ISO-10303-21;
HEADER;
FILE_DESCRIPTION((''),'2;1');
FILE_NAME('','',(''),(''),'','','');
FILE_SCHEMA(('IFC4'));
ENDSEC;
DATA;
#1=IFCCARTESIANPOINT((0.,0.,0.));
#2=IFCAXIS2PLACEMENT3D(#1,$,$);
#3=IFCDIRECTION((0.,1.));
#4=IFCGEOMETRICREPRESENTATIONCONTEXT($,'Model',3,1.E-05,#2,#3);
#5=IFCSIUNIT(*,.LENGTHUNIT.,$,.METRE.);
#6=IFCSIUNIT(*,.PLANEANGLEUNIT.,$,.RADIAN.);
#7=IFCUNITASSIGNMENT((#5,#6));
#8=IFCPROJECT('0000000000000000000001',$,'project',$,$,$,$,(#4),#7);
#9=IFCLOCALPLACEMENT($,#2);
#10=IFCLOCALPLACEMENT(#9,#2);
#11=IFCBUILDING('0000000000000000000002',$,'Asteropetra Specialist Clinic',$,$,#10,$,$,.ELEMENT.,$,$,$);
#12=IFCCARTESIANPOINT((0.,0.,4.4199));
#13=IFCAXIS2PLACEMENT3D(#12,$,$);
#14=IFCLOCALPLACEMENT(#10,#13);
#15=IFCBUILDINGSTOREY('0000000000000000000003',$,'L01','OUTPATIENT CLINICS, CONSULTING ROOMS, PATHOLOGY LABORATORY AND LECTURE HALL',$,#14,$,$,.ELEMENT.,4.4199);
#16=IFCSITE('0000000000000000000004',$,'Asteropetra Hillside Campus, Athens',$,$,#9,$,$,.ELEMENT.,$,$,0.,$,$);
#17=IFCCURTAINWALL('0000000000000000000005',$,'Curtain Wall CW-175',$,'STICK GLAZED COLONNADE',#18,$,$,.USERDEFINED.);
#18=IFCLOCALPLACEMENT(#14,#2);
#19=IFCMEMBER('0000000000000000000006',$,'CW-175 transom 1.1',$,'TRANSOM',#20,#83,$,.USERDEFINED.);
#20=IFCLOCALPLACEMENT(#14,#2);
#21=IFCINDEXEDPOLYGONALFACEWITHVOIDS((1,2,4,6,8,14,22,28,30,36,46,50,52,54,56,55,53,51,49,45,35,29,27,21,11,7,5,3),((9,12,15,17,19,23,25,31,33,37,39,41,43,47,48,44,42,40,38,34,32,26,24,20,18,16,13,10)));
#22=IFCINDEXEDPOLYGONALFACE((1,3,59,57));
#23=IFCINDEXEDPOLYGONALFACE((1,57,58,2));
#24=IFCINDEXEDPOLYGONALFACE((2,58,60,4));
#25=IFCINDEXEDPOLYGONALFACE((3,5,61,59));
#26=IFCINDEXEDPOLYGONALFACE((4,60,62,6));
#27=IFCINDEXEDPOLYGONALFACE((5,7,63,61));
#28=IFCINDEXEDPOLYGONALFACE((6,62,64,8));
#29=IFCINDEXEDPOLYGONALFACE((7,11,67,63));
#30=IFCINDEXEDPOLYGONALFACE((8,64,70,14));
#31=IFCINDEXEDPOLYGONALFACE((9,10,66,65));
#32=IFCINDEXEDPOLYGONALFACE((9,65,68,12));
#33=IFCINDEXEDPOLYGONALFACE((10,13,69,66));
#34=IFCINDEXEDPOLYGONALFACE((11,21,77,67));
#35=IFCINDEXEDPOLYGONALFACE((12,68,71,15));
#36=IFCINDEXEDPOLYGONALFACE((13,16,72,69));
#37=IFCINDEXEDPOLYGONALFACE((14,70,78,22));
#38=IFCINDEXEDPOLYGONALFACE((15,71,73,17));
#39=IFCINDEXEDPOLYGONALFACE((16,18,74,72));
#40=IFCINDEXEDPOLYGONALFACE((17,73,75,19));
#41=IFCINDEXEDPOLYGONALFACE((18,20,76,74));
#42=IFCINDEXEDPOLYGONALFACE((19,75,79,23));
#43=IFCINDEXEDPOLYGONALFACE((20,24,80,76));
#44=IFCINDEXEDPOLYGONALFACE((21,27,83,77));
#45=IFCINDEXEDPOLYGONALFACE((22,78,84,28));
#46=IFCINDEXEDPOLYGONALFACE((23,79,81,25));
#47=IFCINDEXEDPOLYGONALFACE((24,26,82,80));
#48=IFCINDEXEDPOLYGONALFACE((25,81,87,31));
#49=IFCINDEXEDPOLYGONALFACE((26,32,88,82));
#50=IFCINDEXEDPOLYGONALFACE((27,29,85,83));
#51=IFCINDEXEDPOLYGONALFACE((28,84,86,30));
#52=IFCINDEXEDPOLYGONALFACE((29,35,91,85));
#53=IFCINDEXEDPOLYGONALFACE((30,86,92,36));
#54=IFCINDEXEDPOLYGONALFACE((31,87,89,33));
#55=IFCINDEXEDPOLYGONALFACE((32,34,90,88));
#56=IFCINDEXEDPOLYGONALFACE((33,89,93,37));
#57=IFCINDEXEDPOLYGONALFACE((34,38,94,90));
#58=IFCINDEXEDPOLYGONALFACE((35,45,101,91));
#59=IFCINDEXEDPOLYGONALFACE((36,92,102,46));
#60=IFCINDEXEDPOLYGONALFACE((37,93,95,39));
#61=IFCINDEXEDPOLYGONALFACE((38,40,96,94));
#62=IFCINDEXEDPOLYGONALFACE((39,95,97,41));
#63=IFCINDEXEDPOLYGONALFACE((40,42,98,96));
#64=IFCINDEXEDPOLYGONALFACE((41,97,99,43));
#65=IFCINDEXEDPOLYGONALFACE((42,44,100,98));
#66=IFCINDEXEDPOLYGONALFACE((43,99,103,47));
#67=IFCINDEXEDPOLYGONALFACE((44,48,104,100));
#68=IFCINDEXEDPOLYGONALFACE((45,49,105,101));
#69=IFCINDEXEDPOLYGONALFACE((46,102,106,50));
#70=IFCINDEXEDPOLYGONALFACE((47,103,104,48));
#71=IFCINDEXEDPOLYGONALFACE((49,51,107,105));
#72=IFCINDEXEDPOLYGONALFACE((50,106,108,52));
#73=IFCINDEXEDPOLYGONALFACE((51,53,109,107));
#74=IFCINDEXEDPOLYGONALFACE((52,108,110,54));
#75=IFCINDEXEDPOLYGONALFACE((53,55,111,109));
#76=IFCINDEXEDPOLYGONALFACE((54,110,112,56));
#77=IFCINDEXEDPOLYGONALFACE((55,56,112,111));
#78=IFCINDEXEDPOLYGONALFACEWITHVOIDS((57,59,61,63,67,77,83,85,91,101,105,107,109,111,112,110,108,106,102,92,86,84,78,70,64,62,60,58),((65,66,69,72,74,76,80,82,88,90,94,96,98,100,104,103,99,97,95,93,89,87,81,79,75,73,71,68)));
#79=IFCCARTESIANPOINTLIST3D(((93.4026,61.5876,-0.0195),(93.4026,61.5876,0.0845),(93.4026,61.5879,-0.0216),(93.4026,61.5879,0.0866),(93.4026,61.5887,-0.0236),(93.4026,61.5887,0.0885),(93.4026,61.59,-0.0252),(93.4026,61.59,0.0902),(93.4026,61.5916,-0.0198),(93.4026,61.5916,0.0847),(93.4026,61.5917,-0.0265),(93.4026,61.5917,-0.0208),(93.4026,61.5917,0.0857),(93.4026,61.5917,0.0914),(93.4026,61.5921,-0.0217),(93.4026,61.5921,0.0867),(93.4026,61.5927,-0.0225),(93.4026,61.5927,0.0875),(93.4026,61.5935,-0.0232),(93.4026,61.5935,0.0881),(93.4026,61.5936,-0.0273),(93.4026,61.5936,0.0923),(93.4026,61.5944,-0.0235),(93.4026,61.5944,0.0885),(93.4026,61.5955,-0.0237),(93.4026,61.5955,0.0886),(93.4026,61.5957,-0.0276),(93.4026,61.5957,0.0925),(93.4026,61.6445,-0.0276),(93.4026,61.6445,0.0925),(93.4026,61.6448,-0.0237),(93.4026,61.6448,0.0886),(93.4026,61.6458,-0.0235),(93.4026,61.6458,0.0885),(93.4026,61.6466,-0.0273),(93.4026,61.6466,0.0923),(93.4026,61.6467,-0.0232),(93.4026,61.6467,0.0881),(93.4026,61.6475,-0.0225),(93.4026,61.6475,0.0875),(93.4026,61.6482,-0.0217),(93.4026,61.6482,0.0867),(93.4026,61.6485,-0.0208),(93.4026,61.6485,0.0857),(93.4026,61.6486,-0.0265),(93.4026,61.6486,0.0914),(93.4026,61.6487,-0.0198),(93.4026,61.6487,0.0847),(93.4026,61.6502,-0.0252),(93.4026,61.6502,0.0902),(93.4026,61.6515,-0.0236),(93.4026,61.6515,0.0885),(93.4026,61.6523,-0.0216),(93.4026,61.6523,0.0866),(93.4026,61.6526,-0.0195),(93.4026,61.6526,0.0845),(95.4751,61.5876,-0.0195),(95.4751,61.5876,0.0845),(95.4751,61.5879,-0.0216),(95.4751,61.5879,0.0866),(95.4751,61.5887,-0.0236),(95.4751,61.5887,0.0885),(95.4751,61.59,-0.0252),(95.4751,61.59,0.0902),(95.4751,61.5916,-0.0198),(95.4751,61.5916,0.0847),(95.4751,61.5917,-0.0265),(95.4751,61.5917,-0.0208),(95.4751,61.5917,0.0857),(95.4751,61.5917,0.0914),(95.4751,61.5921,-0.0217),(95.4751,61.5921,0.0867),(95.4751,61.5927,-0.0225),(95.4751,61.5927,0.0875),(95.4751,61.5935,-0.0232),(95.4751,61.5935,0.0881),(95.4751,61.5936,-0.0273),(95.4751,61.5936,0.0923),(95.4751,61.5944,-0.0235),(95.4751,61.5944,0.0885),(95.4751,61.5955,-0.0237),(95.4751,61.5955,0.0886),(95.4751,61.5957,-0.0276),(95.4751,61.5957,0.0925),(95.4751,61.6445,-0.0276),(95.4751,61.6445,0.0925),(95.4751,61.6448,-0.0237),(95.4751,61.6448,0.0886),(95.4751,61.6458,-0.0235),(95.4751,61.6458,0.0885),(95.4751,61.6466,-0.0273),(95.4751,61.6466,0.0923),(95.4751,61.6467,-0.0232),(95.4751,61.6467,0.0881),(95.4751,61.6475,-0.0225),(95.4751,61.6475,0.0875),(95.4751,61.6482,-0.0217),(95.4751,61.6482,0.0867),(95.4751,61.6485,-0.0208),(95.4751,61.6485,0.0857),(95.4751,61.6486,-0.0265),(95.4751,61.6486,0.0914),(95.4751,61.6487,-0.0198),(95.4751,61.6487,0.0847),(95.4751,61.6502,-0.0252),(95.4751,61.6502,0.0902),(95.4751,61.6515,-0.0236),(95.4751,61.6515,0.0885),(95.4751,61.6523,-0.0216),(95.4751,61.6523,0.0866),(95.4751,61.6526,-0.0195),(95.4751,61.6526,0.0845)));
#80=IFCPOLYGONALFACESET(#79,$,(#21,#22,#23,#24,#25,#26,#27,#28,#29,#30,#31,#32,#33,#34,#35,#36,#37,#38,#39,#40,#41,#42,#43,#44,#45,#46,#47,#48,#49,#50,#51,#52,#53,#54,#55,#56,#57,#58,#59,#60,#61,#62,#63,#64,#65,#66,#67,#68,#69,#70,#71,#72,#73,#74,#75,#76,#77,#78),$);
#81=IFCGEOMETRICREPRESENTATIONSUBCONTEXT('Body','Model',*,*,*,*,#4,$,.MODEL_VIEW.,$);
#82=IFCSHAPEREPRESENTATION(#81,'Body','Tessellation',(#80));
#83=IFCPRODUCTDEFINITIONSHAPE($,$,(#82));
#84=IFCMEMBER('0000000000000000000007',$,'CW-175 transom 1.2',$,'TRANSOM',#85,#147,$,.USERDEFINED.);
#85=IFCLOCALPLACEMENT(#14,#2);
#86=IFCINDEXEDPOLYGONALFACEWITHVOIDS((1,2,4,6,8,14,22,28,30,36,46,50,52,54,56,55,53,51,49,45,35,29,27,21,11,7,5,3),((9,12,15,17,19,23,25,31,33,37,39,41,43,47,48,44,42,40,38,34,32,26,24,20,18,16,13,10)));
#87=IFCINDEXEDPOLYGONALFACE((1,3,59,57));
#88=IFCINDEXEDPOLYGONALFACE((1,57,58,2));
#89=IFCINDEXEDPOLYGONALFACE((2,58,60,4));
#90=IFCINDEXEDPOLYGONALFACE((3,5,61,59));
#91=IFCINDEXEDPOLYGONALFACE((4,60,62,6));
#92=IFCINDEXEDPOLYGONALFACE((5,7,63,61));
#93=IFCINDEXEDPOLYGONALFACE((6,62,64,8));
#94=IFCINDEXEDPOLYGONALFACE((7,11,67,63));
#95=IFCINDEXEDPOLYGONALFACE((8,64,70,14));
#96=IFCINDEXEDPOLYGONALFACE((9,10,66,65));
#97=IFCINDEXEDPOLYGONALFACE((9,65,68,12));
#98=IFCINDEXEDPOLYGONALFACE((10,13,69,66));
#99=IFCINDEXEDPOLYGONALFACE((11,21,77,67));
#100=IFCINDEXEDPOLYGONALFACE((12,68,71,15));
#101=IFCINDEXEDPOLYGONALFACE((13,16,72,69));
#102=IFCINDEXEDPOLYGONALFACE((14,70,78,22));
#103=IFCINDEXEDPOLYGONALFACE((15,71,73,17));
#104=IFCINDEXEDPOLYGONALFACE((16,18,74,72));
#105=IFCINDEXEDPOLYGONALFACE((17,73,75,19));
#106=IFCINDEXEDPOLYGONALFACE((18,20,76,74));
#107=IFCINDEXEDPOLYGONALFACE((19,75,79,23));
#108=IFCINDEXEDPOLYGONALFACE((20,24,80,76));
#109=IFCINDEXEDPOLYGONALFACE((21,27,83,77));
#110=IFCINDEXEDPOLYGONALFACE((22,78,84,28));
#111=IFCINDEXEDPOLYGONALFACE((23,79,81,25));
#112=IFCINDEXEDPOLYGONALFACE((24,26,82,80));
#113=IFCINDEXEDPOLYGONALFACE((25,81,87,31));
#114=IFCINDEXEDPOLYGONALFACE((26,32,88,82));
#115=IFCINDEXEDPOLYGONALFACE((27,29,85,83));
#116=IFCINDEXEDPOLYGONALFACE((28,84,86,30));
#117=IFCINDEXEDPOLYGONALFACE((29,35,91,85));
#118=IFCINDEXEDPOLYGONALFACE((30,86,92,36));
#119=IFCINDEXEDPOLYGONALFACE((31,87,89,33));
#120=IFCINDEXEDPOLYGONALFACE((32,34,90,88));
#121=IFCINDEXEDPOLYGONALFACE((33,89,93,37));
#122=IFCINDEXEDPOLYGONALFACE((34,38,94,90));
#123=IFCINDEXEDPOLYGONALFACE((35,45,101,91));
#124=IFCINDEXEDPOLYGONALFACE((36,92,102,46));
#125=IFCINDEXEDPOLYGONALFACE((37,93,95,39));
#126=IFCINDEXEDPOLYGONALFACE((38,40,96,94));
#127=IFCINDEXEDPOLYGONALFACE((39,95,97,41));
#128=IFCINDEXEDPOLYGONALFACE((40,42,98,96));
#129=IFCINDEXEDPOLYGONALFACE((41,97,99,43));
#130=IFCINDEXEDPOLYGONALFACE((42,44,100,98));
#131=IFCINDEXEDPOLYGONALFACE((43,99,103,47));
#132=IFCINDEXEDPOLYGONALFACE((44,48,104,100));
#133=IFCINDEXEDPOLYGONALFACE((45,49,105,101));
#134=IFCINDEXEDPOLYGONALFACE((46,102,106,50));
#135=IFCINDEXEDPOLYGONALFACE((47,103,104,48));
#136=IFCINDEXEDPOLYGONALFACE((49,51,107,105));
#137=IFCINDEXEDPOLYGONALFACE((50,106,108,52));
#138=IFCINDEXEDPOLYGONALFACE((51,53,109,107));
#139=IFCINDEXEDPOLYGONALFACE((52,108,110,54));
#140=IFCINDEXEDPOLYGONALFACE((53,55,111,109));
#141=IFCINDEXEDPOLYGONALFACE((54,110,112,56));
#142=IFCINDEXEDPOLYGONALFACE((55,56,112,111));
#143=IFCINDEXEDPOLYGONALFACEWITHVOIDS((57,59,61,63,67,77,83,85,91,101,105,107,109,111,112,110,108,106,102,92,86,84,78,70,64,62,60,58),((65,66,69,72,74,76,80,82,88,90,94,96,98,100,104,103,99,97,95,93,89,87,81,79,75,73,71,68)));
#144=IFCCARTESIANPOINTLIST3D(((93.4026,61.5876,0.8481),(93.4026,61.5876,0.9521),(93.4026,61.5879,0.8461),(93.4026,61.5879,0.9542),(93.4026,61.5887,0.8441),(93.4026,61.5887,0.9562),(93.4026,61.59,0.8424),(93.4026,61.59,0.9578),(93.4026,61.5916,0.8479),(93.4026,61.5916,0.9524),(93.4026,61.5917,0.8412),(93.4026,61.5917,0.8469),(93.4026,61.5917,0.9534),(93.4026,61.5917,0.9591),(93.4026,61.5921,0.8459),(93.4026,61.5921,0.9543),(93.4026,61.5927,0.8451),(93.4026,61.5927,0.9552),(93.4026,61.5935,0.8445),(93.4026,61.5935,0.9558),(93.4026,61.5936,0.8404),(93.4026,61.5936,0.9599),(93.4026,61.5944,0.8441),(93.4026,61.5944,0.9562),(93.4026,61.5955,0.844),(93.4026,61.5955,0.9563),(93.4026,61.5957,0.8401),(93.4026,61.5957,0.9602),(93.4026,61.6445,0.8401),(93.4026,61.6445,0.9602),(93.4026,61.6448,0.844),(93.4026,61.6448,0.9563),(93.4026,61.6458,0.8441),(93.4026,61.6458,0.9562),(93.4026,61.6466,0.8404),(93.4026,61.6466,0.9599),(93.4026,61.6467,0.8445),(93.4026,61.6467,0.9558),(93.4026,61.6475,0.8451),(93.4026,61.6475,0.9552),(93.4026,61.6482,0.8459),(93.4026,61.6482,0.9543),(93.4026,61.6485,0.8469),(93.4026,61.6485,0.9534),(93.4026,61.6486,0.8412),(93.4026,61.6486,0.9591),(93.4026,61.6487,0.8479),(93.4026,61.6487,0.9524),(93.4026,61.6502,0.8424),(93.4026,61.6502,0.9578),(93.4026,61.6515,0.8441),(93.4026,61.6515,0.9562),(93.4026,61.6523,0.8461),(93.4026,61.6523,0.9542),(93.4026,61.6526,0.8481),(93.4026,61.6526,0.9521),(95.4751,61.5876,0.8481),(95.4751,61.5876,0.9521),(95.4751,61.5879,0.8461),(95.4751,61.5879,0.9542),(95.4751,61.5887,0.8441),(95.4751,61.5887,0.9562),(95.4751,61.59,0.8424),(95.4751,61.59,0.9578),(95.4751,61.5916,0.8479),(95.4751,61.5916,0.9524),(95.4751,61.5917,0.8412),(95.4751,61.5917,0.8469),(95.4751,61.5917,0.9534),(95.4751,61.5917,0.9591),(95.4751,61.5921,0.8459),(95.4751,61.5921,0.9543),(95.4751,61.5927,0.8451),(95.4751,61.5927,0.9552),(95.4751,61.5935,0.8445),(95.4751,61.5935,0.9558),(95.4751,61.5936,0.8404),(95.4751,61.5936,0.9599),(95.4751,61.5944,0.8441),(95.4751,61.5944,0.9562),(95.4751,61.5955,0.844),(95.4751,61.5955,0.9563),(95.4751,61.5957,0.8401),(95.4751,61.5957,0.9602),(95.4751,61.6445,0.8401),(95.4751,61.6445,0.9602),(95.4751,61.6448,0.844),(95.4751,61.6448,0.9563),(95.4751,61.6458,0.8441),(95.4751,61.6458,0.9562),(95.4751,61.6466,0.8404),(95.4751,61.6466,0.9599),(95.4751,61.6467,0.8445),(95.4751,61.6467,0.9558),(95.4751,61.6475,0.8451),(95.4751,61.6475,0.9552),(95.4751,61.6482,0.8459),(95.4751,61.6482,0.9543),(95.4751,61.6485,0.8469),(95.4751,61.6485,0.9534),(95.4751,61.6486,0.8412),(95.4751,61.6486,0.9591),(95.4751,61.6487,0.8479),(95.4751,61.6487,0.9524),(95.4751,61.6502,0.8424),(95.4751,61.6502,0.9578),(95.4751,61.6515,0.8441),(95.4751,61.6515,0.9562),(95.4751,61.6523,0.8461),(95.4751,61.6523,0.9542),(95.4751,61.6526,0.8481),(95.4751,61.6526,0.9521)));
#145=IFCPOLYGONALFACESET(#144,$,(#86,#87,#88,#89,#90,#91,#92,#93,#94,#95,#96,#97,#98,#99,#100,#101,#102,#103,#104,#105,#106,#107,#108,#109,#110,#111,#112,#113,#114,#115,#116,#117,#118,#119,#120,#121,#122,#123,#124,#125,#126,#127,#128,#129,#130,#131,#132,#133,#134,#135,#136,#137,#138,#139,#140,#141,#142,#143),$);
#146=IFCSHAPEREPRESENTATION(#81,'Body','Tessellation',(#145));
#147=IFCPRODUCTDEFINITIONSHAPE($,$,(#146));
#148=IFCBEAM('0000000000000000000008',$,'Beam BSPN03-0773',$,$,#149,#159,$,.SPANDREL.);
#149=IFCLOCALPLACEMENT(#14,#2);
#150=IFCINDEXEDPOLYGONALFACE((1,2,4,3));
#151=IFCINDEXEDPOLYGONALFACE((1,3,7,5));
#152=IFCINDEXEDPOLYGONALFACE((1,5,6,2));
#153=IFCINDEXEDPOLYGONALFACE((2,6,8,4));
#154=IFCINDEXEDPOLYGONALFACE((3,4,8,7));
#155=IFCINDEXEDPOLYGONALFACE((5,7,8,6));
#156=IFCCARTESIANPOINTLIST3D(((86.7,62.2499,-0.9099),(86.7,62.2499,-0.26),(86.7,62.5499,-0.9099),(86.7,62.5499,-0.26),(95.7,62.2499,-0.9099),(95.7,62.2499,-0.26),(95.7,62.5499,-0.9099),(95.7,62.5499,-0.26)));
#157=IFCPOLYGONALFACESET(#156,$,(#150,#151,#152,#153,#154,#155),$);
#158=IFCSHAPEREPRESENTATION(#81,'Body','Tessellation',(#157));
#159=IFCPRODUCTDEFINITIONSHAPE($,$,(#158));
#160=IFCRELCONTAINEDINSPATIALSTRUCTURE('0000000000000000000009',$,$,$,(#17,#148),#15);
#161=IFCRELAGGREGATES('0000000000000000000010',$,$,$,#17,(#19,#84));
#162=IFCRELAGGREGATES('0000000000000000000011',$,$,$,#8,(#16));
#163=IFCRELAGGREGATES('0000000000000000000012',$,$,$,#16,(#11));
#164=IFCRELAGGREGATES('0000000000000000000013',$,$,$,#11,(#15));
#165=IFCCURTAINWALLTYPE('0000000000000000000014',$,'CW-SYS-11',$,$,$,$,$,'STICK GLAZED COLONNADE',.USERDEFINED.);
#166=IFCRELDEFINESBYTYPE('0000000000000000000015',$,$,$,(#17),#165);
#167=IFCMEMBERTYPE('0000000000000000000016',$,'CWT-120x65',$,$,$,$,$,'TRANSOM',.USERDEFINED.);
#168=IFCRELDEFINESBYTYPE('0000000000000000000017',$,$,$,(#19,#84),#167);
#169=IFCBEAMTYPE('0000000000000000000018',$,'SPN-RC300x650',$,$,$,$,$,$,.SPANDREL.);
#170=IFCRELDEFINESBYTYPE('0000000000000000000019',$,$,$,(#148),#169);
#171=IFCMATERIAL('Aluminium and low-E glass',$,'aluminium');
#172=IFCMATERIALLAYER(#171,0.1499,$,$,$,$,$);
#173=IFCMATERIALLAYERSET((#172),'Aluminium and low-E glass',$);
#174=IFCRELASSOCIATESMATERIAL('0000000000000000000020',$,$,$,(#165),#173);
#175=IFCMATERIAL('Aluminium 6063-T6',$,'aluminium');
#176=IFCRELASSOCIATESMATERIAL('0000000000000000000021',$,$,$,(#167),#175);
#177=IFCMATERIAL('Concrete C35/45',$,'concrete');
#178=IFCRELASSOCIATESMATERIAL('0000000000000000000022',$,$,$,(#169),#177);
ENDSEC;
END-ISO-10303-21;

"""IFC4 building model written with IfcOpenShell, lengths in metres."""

from ifc_helpers import new_model, si_unit, direction, frame, origin, origin_2d, place, context, subcontext, project, spatial, rectangle, hollow_rectangle, extrude, material, layer, layer_set, material_profile, profile_set, type_object, element, aggregate, save


model = new_model("IFC4")

# Units and contexts
model_context = context("Model", 3, precision=1e-05, world=origin(), true_north=direction((0.0, 1.0)))
body_context = subcontext(model_context, "Body", "Model", "MODEL_VIEW")
ifc_project = project(units=[si_unit("LENGTHUNIT", "METRE"), si_unit("PLANEANGLEUNIT", "RADIAN")], contexts=[model_context])

# Site, building, storey
site_placement = place(None, origin())
site = spatial("IfcSite", under=ifc_project, at=site_placement, Name="Asteropetra Hillside Campus, Athens", CompositionType="ELEMENT", RefElevation=0.0)
building_placement = place(site_placement, origin())
building = spatial("IfcBuilding", under=site, at=building_placement, Name="Asteropetra Specialist Clinic", CompositionType="ELEMENT")
storey_placement = place(building_placement, frame((0.0, 0.0, 4.4199)))
storey = spatial("IfcBuildingStorey", under=building, at=storey_placement, Name="L01", Description="OUTPATIENT CLINICS, CONSULTING ROOMS, PATHOLOGY LABORATORY AND LECTURE HALL", CompositionType="ELEMENT", Elevation=4.4199)

# Curtain wall, members
ifc_material_1 = material(Name="Aluminium and low-E glass", Category="aluminium")
ifc_layer_1 = layer(ifc_material_1, 0.1499)
ifc_layer_set_1 = layer_set([ifc_layer_1], Name="Aluminium and low-E glass")
curtain_wall_type_1 = type_object("IfcCurtainWallType", Name="CW-SYS-11", ElementType="STICK GLAZED COLONNADE", PredefinedType="USERDEFINED", material=ifc_layer_set_1)
curtain_wall_1_placement = place(storey_placement, origin())
curtain_wall_1 = element("IfcCurtainWall", 1, at=curtain_wall_1_placement, inside=storey, type_object=curtain_wall_type_1, Name="Curtain Wall CW-175", ObjectType="STICK GLAZED COLONNADE", PredefinedType="USERDEFINED")
ifc_material_2 = material(Name="Aluminium 6063-T6", Category="aluminium")
ifc_material_profile_1 = material_profile(ifc_material_2, hollow_rectangle(XDim=0.0649, YDim=0.1201, WallThickness=0.0039, InnerFilletRadius=0.0039, OuterFilletRadius=0.0081, at=origin_2d()), Name="TRN 120x65x4.0")
ifc_profile_set_1 = profile_set([ifc_material_profile_1], Name="Aluminium 6063-T6")
member_type_1 = type_object("IfcMemberType", Name="CWT-120x65", ElementType="TRANSOM", PredefinedType="USERDEFINED", material=ifc_profile_set_1)
member_1_placement = place(storey_placement, frame((95.4751, 61.6201, 0.0325), z_axis=(-1.0, 0.0, 0.0), x_axis=(0.0, -1.0, 0.0)))
member_1 = element("IfcMember", 2, at=member_1_placement, type_object=member_type_1, Name="CW-175 transom 1.1", ObjectType="TRANSOM", PredefinedType="USERDEFINED", context=body_context, shape_type="SweptSolid", body=[
    extrude(hollow_rectangle(XDim=0.0649, YDim=0.1201, WallThickness=0.0039, InnerFilletRadius=0.0039, OuterFilletRadius=0.0081, at=origin_2d()), origin(), (0.0, 0.0, 1.0), 2.0725),
])
member_2_placement = place(storey_placement, frame((95.4751, 61.6201, 0.9001), z_axis=(-1.0, 0.0, 0.0), x_axis=(0.0, -1.0, 0.0)))
member_2 = element("IfcMember", 3, at=member_2_placement, type_object=member_type_1, Name="CW-175 transom 1.2", ObjectType="TRANSOM", PredefinedType="USERDEFINED", context=body_context, shape_type="SweptSolid", body=[
    extrude(hollow_rectangle(XDim=0.0649, YDim=0.1201, WallThickness=0.0039, InnerFilletRadius=0.0039, OuterFilletRadius=0.0081, at=origin_2d()), origin(), (0.0, 0.0, 1.0), 2.0725),
])
aggregate(curtain_wall_1, [member_1, member_2])

# Beam
ifc_material_3 = material(Name="Concrete C35/45", Category="concrete")
ifc_material_profile_2 = material_profile(ifc_material_3, rectangle(XDim=0.3, YDim=0.6499, at=origin_2d()), Name="RCS 300x650")
ifc_profile_set_2 = profile_set([ifc_material_profile_2], Name="Concrete C35/45")
beam_type_1 = type_object("IfcBeamType", Name="SPN-RC300x650", PredefinedType="SPANDREL", material=ifc_profile_set_2)
beam_1_placement = place(storey_placement, frame((86.7, 62.3999, -0.585), z_axis=(1.0, 0.0, 0.0), x_axis=(0.0, 1.0, 0.0)))
element("IfcBeam", 4, at=beam_1_placement, inside=storey, type_object=beam_type_1, Name="Beam BSPN03-0773", PredefinedType="SPANDREL", context=body_context, shape_type="SweptSolid", body=[
    extrude(rectangle(XDim=0.3, YDim=0.6499, at=origin_2d()), origin(), (0.0, 0.0, 1.0), 9.0),
])

save(model, "model.ifc")
